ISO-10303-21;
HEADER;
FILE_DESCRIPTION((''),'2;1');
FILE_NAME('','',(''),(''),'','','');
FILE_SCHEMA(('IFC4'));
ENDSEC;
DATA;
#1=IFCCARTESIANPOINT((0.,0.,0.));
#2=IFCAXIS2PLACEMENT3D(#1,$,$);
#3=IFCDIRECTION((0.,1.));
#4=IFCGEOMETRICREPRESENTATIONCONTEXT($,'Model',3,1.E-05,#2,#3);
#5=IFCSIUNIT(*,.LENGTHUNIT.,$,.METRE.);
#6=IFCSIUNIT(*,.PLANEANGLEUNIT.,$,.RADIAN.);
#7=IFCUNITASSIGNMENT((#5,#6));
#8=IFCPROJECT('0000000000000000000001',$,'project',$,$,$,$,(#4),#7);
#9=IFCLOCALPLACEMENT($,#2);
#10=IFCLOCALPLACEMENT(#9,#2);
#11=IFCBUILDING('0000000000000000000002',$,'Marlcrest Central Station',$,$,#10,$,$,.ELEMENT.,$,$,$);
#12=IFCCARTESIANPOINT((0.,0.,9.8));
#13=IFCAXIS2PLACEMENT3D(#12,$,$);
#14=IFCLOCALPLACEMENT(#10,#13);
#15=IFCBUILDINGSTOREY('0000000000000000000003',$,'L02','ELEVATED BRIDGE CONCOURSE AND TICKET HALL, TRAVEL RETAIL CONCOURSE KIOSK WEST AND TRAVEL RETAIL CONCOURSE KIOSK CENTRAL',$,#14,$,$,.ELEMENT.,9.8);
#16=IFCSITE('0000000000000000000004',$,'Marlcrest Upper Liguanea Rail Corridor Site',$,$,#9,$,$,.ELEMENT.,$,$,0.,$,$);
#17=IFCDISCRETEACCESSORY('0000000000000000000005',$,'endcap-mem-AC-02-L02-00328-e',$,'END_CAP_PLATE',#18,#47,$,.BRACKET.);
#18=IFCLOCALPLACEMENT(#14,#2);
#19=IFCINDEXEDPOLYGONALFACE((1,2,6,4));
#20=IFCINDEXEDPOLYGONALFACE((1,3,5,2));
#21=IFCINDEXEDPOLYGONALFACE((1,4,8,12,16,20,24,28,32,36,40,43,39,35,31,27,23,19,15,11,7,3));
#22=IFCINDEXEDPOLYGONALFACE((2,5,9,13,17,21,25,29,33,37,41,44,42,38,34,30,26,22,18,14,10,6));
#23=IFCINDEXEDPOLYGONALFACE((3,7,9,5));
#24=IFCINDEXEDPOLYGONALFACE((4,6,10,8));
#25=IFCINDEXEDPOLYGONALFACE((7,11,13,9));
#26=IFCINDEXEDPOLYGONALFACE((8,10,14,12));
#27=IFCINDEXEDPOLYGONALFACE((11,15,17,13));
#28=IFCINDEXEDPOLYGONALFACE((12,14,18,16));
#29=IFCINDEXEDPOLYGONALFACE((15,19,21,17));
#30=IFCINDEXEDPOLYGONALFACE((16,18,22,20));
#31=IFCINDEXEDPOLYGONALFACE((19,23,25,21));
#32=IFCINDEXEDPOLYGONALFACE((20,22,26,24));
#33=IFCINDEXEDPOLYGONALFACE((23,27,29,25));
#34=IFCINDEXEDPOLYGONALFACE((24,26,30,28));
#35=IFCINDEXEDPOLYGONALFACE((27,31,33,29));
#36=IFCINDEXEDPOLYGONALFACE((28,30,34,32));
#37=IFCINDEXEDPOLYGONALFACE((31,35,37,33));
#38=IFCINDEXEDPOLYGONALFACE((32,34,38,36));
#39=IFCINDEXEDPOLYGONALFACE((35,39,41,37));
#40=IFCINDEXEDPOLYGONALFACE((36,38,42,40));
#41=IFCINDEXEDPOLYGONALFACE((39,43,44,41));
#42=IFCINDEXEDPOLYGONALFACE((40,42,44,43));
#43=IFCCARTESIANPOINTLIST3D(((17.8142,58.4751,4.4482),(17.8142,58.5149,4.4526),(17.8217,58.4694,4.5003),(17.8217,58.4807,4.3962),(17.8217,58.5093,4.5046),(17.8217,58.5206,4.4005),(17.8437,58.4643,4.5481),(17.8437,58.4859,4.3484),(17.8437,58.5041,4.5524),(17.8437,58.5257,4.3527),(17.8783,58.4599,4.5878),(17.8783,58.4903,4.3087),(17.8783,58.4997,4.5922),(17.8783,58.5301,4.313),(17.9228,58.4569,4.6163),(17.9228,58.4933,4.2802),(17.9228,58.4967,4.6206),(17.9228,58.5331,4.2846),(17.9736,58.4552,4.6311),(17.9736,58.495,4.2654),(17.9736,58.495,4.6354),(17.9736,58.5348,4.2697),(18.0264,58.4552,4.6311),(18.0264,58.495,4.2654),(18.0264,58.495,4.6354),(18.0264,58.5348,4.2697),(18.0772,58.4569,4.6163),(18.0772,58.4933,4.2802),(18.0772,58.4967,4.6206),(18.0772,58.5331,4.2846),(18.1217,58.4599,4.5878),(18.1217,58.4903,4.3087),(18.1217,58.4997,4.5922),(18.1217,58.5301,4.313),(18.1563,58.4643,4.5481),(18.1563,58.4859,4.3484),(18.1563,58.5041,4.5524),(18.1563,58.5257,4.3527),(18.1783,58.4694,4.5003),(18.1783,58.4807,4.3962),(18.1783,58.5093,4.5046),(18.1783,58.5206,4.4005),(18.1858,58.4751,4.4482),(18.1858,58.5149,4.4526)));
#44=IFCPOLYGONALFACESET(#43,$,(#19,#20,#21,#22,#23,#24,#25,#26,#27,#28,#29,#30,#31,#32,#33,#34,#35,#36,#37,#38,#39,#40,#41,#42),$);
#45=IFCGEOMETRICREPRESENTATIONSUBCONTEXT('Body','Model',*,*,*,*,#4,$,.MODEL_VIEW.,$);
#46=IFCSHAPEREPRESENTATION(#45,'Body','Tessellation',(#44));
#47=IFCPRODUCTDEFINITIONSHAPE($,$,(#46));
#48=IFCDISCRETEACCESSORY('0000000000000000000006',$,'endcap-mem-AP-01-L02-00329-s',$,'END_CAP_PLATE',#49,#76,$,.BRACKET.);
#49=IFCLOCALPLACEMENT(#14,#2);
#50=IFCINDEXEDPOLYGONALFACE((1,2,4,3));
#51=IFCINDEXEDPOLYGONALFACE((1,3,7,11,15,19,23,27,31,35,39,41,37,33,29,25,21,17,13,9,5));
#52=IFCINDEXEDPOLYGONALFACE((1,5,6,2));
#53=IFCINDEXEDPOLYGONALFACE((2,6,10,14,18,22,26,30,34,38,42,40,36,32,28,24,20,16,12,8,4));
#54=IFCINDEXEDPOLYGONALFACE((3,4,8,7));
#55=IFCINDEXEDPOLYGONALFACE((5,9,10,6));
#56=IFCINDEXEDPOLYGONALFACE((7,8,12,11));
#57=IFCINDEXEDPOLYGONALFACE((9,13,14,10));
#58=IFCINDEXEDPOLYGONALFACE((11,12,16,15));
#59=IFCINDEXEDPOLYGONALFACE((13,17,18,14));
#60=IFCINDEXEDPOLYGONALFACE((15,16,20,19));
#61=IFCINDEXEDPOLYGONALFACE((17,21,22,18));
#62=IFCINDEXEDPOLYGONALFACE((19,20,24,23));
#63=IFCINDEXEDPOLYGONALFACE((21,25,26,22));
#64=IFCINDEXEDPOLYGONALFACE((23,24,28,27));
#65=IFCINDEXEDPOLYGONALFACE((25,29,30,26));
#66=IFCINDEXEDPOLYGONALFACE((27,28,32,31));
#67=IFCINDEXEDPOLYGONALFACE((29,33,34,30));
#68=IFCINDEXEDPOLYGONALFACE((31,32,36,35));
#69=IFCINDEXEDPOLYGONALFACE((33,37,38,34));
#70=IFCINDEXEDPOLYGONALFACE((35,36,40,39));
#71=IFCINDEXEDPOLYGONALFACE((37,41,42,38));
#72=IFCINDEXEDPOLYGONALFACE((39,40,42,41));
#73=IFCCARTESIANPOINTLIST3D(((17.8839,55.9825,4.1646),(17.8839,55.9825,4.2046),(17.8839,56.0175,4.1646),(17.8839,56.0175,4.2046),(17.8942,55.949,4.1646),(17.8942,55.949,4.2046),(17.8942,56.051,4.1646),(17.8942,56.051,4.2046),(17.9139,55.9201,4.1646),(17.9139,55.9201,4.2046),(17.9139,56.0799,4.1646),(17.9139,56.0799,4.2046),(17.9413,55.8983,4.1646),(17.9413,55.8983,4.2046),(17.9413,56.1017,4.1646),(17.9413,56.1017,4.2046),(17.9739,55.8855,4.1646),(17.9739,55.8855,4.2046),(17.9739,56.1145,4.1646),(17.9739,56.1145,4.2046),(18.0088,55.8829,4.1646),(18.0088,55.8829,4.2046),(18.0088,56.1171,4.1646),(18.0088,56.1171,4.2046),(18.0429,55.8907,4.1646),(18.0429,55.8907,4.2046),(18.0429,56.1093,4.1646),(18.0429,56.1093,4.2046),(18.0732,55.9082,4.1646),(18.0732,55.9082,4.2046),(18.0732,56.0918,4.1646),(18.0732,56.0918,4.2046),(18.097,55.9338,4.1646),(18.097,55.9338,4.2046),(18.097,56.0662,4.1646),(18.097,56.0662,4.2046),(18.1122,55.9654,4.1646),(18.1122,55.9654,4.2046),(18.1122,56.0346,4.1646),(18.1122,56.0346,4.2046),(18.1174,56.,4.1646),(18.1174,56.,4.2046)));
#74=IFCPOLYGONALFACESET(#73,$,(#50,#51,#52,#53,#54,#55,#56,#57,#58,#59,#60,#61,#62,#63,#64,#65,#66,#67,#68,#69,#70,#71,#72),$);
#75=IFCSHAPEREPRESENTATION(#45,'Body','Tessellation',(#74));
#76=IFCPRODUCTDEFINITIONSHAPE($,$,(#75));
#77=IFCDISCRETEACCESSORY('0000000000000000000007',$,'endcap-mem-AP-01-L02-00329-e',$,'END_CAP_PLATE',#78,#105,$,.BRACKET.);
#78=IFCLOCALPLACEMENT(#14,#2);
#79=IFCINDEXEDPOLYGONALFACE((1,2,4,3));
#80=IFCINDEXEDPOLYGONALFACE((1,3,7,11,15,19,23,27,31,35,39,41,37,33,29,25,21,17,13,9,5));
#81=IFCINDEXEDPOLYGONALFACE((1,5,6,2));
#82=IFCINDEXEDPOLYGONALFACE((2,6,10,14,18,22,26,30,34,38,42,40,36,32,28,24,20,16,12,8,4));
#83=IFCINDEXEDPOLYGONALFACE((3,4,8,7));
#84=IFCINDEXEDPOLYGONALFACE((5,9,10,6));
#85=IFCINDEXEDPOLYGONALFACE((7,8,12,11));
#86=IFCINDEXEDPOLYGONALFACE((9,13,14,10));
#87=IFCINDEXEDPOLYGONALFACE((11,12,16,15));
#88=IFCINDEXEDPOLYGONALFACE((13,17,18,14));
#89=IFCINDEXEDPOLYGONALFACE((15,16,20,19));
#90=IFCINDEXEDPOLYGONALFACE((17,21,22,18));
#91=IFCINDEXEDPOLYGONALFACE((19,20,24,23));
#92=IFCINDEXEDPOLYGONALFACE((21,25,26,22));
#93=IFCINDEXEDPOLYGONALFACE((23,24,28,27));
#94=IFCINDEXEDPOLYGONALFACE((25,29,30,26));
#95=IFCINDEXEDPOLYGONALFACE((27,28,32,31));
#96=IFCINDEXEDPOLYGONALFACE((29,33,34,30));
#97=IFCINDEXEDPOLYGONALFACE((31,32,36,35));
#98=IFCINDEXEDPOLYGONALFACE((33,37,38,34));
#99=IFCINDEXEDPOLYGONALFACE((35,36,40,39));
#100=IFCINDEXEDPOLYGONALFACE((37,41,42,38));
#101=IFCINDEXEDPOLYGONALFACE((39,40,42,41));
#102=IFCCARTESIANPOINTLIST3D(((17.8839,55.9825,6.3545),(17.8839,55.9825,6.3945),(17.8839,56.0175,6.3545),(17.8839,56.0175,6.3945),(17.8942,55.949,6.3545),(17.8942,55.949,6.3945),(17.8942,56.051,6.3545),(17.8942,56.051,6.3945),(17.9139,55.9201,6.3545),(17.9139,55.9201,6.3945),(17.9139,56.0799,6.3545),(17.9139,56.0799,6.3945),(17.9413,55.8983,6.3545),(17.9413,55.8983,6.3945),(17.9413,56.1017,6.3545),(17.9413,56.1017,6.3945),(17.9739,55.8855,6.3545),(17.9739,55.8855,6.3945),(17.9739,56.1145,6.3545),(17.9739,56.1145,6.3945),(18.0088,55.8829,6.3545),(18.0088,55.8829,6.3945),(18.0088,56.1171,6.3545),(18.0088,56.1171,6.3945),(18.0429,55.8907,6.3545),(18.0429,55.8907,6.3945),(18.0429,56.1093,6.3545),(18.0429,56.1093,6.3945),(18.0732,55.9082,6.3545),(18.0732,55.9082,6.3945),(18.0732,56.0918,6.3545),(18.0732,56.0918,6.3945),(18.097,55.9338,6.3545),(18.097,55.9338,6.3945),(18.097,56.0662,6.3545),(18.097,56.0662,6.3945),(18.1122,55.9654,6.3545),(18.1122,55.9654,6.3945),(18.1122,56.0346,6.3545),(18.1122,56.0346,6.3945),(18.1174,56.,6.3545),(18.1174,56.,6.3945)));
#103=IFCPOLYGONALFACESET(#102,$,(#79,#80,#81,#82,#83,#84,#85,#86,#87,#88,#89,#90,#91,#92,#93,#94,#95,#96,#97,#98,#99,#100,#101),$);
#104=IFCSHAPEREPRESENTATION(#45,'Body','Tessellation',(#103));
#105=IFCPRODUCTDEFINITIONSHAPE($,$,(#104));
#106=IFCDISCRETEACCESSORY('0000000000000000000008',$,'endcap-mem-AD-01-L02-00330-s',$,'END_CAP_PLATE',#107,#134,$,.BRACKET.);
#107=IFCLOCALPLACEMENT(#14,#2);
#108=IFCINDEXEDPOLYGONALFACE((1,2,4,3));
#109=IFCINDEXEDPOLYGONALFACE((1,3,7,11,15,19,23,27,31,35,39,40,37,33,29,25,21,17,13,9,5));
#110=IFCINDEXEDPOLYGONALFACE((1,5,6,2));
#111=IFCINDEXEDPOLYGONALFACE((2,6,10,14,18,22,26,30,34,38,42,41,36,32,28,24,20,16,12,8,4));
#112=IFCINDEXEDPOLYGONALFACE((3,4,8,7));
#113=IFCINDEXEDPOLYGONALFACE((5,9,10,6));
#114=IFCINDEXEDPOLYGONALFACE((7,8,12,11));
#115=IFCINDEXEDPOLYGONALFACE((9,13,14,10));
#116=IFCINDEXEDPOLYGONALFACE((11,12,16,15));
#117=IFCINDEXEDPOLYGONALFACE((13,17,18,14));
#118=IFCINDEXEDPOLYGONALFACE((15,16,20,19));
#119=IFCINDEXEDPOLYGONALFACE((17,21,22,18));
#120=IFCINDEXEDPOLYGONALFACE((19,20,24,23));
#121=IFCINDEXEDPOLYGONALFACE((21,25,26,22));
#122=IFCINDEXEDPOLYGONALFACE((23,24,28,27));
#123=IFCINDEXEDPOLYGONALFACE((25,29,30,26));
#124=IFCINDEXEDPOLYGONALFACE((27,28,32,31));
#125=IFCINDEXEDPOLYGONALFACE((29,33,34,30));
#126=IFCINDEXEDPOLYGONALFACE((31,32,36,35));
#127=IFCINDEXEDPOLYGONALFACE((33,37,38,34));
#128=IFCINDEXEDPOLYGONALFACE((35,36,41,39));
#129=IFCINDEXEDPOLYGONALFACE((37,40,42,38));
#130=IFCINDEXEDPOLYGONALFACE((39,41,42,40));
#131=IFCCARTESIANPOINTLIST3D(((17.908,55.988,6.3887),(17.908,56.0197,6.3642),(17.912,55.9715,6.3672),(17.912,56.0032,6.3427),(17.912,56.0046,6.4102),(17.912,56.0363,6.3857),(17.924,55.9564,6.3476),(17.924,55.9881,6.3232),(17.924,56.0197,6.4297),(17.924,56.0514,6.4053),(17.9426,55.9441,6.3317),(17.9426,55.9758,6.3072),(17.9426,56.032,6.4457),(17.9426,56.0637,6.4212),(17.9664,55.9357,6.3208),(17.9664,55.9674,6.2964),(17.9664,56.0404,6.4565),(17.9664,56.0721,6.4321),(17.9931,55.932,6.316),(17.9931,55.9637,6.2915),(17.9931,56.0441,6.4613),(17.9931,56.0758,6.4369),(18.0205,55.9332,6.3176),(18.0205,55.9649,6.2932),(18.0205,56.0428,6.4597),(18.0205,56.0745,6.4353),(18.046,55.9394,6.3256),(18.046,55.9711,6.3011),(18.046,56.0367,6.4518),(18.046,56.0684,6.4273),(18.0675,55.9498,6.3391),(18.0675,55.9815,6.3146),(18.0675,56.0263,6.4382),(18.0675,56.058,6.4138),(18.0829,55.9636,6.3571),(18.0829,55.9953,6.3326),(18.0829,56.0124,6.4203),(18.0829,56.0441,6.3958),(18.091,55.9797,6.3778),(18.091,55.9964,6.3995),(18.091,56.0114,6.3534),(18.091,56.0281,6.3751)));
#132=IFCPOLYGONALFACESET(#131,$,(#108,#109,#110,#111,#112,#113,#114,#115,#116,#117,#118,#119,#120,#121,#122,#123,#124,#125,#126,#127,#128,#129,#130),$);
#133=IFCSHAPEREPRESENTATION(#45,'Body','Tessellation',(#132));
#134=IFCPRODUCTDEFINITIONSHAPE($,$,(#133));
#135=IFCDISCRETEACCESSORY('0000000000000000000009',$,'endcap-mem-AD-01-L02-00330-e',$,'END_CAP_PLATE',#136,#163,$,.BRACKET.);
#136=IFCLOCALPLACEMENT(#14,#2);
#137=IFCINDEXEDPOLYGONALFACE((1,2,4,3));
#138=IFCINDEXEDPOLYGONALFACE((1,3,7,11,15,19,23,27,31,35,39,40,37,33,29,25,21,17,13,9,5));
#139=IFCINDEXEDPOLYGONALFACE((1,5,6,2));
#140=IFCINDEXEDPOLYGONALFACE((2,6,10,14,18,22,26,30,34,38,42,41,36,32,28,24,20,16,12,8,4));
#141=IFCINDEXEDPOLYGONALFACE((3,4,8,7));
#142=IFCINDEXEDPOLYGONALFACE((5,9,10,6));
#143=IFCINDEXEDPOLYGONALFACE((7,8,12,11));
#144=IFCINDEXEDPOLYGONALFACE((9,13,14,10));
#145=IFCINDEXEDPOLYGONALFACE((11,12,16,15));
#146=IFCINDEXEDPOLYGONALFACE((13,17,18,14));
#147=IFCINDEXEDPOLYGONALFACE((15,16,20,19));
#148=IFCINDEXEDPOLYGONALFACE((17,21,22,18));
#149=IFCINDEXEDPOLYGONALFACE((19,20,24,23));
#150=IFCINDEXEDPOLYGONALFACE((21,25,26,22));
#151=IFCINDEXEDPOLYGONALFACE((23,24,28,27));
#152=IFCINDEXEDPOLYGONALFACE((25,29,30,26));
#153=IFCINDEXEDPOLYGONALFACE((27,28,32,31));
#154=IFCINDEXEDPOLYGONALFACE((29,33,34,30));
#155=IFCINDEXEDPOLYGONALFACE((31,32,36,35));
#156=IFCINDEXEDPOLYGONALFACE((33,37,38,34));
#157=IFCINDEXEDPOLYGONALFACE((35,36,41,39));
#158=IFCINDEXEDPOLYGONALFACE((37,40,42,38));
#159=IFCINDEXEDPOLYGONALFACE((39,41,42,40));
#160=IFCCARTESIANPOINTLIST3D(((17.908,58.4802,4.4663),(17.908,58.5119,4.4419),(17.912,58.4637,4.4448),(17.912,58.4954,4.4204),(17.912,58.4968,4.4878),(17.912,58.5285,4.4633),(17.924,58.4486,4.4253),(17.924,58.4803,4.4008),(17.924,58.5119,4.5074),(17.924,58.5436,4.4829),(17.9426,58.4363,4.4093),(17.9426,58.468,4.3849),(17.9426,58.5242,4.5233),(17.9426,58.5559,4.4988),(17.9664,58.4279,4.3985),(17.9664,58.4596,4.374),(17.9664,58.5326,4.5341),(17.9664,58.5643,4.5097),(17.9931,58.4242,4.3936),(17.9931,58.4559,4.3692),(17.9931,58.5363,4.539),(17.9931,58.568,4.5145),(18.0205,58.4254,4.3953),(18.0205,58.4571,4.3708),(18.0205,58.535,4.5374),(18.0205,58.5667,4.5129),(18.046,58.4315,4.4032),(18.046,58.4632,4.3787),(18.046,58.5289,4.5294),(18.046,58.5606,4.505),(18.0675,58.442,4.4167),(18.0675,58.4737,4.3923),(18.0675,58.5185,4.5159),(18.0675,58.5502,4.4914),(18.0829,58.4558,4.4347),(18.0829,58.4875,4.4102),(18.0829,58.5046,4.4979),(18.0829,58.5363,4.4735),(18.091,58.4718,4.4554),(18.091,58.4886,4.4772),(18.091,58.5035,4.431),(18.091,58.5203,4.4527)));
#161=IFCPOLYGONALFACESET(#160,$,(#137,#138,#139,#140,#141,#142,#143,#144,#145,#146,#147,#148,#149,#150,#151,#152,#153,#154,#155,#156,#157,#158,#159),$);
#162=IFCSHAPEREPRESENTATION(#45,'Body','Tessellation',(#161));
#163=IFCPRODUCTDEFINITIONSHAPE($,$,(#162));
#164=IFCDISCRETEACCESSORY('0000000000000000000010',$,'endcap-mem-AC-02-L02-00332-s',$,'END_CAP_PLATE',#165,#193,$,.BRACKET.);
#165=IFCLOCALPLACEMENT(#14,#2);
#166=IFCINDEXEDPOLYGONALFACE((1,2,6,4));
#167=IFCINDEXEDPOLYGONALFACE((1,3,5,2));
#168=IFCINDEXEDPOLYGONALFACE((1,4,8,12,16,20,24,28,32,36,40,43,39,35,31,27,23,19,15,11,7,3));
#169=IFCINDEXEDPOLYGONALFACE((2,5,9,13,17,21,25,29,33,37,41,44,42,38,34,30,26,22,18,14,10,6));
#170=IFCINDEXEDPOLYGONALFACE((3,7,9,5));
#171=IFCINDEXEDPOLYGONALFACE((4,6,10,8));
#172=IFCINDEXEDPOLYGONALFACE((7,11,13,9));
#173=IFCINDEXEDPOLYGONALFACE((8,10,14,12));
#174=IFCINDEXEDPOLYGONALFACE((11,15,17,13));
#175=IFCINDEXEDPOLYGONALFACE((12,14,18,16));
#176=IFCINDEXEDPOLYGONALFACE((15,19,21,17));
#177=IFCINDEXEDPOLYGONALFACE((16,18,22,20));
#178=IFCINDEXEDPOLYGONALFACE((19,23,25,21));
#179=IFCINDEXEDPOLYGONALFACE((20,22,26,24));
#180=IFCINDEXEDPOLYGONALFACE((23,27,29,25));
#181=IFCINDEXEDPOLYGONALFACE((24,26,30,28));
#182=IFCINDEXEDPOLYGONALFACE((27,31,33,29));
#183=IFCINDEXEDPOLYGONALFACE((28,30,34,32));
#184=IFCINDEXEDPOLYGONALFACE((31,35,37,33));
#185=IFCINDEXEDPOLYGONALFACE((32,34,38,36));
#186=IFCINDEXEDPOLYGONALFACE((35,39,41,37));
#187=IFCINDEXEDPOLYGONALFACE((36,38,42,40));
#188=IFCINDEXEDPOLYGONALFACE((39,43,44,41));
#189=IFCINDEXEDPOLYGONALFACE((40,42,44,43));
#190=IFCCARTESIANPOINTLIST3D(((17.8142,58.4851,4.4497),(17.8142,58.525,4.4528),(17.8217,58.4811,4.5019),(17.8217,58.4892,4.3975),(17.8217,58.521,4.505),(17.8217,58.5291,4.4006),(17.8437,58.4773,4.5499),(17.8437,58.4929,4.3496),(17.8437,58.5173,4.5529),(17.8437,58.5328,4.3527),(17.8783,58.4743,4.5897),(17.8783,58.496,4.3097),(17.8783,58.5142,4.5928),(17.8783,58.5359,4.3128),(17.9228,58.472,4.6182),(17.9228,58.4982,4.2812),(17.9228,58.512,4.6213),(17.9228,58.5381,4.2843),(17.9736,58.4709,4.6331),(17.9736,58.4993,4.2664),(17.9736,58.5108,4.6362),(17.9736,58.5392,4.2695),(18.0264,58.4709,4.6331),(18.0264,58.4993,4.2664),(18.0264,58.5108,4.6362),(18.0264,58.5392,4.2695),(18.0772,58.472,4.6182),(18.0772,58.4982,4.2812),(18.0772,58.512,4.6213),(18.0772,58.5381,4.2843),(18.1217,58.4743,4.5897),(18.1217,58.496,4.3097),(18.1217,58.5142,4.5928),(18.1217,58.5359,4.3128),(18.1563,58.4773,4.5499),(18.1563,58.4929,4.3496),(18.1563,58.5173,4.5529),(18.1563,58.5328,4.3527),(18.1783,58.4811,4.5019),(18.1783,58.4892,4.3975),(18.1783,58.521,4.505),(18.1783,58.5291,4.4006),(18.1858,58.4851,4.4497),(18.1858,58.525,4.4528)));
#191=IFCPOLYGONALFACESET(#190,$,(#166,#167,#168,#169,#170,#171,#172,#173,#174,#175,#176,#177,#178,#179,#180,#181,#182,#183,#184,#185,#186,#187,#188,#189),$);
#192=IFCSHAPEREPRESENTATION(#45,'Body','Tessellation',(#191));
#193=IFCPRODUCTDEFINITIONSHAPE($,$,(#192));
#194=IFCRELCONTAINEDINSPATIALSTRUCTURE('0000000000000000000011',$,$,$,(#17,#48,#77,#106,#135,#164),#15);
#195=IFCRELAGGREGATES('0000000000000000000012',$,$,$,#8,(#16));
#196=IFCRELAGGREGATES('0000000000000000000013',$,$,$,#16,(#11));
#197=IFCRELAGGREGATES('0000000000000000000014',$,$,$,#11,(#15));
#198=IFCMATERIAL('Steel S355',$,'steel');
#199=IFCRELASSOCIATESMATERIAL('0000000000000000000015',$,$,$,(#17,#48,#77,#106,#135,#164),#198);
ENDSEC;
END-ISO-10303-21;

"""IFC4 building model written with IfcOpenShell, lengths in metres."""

from ifc_helpers import new_model, si_unit, direction, frame, origin, origin_2d, place, context, subcontext, project, spatial, circle, extrude, material, element, save


model = new_model("IFC4")

# Units and contexts
model_context = context("Model", 3, precision=1e-05, world=origin(), true_north=direction((0.0, 1.0)))
body_context = subcontext(model_context, "Body", "Model", "MODEL_VIEW")
ifc_project = project(units=[si_unit("LENGTHUNIT", "METRE"), si_unit("PLANEANGLEUNIT", "RADIAN")], contexts=[model_context])

# Site, building, storey
site_placement = place(None, origin())
site = spatial("IfcSite", under=ifc_project, at=site_placement, Name="Marlcrest Upper Liguanea Rail Corridor Site", CompositionType="ELEMENT", RefElevation=0.0)
building_placement = place(site_placement, origin())
building = spatial("IfcBuilding", under=site, at=building_placement, Name="Marlcrest Central Station", CompositionType="ELEMENT")
storey_placement = place(building_placement, frame((0.0, 0.0, 9.8)))
storey = spatial("IfcBuildingStorey", under=building, at=storey_placement, Name="L02", Description="ELEVATED BRIDGE CONCOURSE AND TICKET HALL, TRAVEL RETAIL CONCOURSE KIOSK WEST AND TRAVEL RETAIL CONCOURSE KIOSK CENTRAL", CompositionType="ELEMENT", Elevation=9.8)

# Shared definitions
ifc_material = material(Name="Steel S355", Category="steel")

# Discrete accessories
for number, where, z_axis, x_axis, name in (
    (1, (18.0, 58.4751, 4.4482), (0.0, 0.994155, 0.107959), (-1.0, 0.0, 0.0), "endcap-mem-AC-02-L02-00328-e"),
):
    element("IfcDiscreteAccessory", number, at=place(storey_placement, frame(where, z_axis=z_axis, x_axis=x_axis)), inside=storey, material=ifc_material, Name=name, ObjectType="END_CAP_PLATE", PredefinedType="BRACKET", context=body_context, shape_type="SweptSolid", body=[
        extrude(circle(Radius=0.1858, at=origin_2d()), origin(), (0.0, 0.0, 1.0), 0.04),
    ])
for number, where, z_axis, x_axis, name in (
    (2, (18.0, 56.0, 4.1646), (0.0, 0.0, 1.0), (1.0, 0.0, 0.0), "endcap-mem-AP-01-L02-00329-s"),
    (3, (18.0, 56.0, 6.3545), (0.0, 0.0, 1.0), (1.0, 0.0, 0.0), "endcap-mem-AP-01-L02-00329-e"),
):
    element("IfcDiscreteAccessory", number, at=place(storey_placement, frame(where, z_axis=z_axis, x_axis=x_axis)), inside=storey, material=ifc_material, Name=name, ObjectType="END_CAP_PLATE", PredefinedType="BRACKET", context=body_context, shape_type="SweptSolid", body=[
        extrude(circle(Radius=0.1174, at=origin_2d()), origin(), (0.0, 0.0, 1.0), 0.04),
    ])
for number, where, z_axis, x_axis, name in (
    (4, (18.0, 55.988, 6.3887), (0.0, 0.791798, -0.610783), (-1.0, 0.0, 0.0), "endcap-mem-AD-01-L02-00330-s"),
    (5, (18.0, 58.4802, 4.4663), (0.0, 0.791798, -0.610783), (-1.0, 0.0, 0.0), "endcap-mem-AD-01-L02-00330-e"),
):
    element("IfcDiscreteAccessory", number, at=place(storey_placement, frame(where, z_axis=z_axis, x_axis=x_axis)), inside=storey, material=ifc_material, Name=name, ObjectType="END_CAP_PLATE", PredefinedType="BRACKET", context=body_context, shape_type="SweptSolid", body=[
        extrude(circle(Radius=0.092, at=origin_2d()), origin(), (0.0, 0.0, 1.0), 0.04),
    ])
discrete_accessory_1_placement = place(storey_placement, frame((18.0, 58.4851, 4.4497), z_axis=(0.0, 0.997007, 0.077307), x_axis=(-1.0, 0.0, 0.0)))
element("IfcDiscreteAccessory", 6, at=discrete_accessory_1_placement, inside=storey, material=ifc_material, Name="endcap-mem-AC-02-L02-00332-s", ObjectType="END_CAP_PLATE", PredefinedType="BRACKET", context=body_context, shape_type="SweptSolid", body=[
    extrude(circle(Radius=0.1858, at=origin_2d()), origin(), (0.0, 0.0, 1.0), 0.04),
])

save(model, "model.ifc")
